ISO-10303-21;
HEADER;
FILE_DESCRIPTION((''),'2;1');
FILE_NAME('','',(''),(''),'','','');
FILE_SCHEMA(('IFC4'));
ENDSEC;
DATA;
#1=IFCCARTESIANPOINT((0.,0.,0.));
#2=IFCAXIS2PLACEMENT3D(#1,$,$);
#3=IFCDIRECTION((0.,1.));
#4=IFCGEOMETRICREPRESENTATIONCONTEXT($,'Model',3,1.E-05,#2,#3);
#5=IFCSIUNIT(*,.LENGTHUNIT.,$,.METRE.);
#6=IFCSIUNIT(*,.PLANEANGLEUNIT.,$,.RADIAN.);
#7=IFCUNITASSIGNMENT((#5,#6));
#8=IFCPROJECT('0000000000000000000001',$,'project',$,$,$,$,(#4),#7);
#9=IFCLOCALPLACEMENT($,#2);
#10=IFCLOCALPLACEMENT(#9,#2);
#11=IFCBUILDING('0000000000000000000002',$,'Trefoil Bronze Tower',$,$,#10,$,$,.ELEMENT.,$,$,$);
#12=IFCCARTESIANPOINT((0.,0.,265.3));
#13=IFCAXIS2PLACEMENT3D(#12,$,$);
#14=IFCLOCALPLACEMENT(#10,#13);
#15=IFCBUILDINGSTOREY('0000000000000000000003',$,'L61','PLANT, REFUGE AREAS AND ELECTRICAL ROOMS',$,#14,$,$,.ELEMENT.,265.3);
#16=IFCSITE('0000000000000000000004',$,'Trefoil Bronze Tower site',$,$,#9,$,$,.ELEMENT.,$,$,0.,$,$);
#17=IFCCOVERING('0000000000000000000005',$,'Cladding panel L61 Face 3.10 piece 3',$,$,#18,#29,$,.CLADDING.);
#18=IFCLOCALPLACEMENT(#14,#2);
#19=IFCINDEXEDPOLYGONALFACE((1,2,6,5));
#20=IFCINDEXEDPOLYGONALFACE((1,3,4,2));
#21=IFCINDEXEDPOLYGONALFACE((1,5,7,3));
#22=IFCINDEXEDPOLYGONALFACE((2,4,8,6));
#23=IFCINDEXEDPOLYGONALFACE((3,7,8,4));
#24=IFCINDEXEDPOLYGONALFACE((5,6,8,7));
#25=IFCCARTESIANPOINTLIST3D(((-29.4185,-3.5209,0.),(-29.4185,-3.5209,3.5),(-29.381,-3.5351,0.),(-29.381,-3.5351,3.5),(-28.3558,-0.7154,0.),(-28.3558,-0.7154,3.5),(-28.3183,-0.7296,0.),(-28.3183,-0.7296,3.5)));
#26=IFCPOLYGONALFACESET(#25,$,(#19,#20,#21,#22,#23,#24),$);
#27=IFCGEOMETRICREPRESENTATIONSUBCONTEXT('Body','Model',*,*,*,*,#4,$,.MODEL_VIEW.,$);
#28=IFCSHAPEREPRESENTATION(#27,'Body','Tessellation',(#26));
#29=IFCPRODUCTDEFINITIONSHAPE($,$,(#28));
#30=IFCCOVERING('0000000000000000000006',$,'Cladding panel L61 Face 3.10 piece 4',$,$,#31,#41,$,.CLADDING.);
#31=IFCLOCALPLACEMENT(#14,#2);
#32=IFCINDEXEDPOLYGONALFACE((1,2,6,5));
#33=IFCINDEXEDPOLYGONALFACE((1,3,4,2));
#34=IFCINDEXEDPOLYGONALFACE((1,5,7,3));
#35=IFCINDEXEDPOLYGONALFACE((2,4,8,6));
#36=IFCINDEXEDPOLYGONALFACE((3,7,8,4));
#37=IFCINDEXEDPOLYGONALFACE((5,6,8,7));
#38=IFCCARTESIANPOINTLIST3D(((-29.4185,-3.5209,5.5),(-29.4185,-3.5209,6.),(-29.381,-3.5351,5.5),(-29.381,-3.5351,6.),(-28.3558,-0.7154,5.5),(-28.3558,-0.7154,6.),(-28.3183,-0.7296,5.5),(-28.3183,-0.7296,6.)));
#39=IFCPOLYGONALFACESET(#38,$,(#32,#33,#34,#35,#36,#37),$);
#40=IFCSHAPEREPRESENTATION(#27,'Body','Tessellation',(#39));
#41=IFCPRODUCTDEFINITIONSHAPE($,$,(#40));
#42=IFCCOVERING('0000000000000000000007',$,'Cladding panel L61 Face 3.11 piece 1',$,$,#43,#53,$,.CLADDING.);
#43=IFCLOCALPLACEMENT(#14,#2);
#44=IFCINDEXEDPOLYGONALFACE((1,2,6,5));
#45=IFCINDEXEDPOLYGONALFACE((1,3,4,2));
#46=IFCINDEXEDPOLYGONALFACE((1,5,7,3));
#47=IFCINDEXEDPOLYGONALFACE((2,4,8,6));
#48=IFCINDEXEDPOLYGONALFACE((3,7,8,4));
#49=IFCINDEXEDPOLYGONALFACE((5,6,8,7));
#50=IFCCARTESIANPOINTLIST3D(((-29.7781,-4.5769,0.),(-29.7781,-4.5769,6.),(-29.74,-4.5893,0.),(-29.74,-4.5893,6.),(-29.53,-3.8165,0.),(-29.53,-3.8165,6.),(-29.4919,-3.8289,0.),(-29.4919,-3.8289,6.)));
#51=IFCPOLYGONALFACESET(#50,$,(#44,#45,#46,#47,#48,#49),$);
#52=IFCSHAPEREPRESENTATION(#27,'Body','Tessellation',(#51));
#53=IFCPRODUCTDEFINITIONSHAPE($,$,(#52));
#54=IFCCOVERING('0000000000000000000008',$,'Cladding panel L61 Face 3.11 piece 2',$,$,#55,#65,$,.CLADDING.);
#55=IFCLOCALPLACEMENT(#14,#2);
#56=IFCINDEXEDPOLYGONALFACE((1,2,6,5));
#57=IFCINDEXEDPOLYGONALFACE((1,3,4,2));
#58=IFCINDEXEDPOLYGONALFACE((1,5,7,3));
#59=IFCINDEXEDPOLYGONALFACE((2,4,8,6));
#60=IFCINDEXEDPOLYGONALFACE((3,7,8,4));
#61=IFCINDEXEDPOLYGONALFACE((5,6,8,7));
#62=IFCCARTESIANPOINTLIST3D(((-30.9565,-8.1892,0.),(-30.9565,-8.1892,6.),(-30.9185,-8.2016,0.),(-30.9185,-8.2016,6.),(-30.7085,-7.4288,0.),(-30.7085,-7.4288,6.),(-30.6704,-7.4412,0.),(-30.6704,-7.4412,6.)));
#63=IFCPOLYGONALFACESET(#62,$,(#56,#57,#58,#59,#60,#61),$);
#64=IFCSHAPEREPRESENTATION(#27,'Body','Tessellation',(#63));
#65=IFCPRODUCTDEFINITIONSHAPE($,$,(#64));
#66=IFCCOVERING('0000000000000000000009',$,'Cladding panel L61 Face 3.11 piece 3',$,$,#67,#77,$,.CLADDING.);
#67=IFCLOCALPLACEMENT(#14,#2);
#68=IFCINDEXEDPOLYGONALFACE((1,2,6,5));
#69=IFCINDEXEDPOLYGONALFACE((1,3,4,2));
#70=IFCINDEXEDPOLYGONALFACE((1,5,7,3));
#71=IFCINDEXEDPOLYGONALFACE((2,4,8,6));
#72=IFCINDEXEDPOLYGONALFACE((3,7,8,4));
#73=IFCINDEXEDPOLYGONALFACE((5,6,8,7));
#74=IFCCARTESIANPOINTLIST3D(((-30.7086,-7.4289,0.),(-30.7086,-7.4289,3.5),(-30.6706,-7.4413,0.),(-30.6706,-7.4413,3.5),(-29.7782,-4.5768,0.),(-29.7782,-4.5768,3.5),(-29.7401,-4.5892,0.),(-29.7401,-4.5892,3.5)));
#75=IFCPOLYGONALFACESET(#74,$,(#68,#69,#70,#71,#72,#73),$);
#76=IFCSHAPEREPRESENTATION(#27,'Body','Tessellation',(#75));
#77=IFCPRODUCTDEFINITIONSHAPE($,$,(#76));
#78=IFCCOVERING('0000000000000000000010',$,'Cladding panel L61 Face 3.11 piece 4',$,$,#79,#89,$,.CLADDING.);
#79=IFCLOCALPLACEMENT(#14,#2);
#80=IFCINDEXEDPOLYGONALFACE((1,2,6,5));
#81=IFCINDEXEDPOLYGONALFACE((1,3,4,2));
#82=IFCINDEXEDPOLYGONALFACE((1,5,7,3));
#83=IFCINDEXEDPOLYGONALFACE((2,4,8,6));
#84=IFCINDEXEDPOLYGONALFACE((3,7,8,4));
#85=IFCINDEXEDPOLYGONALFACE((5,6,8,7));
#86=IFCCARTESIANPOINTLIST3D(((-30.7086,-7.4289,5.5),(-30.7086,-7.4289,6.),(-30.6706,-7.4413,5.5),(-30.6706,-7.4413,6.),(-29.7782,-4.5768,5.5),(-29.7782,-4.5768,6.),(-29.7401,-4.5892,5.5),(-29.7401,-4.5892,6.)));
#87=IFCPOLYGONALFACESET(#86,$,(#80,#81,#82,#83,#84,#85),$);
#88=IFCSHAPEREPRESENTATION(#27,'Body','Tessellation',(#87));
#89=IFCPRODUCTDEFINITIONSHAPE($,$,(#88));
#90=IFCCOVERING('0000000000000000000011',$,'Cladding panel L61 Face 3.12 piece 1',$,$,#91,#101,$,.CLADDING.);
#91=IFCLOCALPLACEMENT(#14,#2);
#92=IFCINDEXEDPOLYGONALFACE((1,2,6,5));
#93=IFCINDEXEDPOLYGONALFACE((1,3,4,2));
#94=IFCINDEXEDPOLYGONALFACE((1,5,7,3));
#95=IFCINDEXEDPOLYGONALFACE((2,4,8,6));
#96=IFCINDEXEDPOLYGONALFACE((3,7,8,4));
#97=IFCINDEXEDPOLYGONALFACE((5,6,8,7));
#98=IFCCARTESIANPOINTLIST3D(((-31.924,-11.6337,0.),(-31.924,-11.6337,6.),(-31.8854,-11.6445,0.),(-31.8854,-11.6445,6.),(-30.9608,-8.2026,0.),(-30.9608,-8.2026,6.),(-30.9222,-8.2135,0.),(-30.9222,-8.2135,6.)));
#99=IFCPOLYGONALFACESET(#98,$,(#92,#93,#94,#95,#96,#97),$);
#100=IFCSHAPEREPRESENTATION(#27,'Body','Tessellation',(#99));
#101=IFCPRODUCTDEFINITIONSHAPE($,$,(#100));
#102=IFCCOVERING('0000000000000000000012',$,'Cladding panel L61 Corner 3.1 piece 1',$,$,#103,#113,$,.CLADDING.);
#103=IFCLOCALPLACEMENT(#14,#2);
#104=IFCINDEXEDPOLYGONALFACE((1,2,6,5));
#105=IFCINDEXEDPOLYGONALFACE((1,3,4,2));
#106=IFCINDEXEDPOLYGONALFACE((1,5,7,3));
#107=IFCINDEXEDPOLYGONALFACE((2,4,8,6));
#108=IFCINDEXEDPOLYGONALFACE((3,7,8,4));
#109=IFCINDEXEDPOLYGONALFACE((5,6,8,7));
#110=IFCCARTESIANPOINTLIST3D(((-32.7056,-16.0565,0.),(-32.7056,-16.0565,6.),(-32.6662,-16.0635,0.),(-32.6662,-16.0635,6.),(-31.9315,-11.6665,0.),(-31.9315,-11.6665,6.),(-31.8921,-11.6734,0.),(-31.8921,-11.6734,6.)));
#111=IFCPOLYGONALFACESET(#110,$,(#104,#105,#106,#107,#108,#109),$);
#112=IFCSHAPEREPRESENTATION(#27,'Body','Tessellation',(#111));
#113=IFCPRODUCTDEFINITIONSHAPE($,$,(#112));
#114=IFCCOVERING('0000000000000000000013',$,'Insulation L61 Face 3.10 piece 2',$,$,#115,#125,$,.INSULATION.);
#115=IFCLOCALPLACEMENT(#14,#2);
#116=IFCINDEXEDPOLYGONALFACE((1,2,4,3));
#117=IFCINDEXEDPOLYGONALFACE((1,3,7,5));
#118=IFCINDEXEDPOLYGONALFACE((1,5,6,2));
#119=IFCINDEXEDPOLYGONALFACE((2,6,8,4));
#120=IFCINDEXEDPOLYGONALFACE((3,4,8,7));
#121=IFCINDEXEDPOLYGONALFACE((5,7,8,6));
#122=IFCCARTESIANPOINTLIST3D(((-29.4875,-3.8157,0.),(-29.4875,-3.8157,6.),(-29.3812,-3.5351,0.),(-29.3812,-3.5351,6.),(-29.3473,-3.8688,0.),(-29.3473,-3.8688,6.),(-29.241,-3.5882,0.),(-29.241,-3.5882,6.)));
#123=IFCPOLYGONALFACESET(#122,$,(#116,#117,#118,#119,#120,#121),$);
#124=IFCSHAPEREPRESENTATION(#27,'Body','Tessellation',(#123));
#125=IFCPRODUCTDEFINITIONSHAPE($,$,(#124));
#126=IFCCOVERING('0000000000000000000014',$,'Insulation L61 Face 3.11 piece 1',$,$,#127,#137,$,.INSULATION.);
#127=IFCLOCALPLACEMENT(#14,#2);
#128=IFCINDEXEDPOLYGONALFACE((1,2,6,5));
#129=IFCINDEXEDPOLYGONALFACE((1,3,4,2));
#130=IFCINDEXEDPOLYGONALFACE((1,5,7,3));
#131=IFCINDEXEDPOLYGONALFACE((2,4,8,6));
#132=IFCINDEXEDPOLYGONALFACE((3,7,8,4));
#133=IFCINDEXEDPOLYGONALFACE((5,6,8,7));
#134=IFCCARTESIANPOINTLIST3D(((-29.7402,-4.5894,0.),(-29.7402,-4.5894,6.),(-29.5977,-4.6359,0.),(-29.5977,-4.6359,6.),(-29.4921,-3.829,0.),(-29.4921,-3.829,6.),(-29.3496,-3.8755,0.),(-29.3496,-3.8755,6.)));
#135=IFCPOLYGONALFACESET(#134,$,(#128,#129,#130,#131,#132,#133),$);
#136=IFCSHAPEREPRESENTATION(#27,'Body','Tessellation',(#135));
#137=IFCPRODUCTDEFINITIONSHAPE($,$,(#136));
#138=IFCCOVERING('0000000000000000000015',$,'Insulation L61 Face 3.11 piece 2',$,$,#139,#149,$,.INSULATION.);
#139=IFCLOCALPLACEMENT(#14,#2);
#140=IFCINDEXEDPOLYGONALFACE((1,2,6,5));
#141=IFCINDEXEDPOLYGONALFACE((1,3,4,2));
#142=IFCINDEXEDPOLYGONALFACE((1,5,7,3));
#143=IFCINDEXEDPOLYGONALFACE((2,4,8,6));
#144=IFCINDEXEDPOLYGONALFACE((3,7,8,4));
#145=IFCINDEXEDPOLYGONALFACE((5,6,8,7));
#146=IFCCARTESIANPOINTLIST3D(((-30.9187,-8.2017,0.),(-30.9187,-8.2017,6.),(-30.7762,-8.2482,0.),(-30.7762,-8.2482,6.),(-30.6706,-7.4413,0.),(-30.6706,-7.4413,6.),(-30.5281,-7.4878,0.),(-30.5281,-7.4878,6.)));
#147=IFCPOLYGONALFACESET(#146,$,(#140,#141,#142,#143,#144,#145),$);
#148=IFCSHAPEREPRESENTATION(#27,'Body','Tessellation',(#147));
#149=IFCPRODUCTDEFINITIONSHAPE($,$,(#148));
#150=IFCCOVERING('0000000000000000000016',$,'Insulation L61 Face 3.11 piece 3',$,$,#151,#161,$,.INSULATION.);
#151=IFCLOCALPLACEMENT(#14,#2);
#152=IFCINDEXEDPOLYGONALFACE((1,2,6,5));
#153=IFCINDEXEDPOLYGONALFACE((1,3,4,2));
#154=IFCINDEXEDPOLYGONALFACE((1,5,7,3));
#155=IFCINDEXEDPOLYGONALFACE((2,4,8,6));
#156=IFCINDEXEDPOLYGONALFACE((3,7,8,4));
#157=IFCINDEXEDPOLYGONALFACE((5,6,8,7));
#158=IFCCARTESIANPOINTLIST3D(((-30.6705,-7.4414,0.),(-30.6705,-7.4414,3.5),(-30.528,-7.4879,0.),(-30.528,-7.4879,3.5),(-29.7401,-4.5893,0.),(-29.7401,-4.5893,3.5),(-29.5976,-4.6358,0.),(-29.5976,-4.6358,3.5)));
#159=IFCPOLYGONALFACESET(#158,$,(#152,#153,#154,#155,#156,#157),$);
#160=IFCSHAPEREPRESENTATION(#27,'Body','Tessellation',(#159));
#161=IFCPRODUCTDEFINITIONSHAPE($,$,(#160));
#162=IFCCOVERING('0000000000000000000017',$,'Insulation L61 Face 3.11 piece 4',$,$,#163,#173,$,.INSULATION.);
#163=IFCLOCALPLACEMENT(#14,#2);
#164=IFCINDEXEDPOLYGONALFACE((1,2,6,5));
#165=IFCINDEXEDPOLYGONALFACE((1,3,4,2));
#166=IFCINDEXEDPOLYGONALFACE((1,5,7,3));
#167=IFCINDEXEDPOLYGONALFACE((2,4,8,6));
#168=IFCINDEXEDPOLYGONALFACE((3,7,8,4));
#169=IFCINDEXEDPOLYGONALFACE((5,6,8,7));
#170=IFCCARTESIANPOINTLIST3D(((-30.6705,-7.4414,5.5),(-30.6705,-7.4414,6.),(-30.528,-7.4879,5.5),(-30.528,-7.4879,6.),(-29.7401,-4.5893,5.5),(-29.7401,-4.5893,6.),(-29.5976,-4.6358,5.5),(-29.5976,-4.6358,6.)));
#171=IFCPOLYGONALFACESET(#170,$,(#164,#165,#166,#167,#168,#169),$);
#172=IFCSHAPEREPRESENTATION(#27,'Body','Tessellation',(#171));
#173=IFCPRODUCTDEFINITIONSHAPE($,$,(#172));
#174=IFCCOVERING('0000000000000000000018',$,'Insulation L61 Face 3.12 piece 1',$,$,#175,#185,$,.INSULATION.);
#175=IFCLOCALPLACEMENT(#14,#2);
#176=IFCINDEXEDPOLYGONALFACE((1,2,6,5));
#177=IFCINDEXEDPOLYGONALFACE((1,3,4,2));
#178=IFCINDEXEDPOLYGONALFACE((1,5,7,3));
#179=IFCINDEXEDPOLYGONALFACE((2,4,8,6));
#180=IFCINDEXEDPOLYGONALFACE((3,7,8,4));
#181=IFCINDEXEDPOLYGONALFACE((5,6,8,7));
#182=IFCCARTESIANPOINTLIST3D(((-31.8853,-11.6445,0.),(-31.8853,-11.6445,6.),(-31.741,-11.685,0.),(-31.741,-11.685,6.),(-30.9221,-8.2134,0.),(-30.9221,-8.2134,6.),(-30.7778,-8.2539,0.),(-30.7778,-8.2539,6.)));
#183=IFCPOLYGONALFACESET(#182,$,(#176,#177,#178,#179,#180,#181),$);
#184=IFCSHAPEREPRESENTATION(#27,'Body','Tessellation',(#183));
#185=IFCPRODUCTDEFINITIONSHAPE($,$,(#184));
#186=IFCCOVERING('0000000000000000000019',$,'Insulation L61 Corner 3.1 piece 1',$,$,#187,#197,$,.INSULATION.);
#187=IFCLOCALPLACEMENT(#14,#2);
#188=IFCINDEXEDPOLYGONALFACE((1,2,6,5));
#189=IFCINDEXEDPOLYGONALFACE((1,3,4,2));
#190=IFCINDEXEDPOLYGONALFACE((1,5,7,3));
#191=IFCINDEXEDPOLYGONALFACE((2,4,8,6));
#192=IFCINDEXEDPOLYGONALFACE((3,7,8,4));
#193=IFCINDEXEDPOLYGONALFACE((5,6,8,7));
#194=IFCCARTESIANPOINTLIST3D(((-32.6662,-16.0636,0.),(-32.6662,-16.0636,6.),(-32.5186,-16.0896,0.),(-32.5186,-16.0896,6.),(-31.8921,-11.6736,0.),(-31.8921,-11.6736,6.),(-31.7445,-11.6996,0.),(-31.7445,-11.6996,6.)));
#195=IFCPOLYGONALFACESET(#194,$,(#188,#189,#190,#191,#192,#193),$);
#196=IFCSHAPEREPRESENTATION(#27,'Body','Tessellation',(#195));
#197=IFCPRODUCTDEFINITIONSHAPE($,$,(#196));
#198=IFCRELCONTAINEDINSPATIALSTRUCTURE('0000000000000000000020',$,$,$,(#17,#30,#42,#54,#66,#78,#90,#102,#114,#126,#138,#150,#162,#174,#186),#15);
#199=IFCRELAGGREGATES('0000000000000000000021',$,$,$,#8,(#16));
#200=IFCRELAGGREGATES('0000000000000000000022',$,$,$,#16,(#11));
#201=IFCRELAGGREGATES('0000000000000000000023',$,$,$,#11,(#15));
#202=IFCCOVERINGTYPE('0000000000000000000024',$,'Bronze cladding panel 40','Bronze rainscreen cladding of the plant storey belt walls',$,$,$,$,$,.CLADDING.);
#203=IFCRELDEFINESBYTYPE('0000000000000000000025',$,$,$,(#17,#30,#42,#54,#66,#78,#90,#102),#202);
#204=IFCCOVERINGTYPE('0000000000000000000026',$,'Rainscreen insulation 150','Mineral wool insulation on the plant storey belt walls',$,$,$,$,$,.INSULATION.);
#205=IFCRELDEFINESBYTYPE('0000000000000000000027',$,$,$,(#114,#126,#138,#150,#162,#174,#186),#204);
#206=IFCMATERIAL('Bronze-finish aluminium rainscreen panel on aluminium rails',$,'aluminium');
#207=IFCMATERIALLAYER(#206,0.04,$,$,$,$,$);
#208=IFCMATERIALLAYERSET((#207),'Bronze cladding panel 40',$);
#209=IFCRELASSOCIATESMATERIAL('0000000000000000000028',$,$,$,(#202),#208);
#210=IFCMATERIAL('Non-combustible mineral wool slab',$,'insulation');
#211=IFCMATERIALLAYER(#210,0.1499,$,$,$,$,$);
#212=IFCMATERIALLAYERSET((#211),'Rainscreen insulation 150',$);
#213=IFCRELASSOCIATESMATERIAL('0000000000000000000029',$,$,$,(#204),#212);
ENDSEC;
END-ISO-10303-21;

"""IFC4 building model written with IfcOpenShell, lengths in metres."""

from ifc_helpers import new_model, si_unit, direction, frame, origin, origin_2d, place, context, subcontext, project, spatial, rectangle, extrude, material, layer, layer_set, type_object, element, save


model = new_model("IFC4")

# Units and contexts
model_context = context("Model", 3, precision=1e-05, world=origin(), true_north=direction((0.0, 1.0)))
body_context = subcontext(model_context, "Body", "Model", "MODEL_VIEW")
ifc_project = project(units=[si_unit("LENGTHUNIT", "METRE"), si_unit("PLANEANGLEUNIT", "RADIAN")], contexts=[model_context])

# Site, building, storey
site_placement = place(None, origin())
site = spatial("IfcSite", under=ifc_project, at=site_placement, Name="Trefoil Bronze Tower site", CompositionType="ELEMENT", RefElevation=0.0)
building_placement = place(site_placement, origin())
building = spatial("IfcBuilding", under=site, at=building_placement, Name="Trefoil Bronze Tower", CompositionType="ELEMENT")
storey_placement = place(building_placement, frame((0.0, 0.0, 265.3)))
storey = spatial("IfcBuildingStorey", under=building, at=storey_placement, Name="L61", Description="PLANT, REFUGE AREAS AND ELECTRICAL ROOMS", CompositionType="ELEMENT", Elevation=265.3)

# Coverings
ifc_material_1 = material(Name="Bronze-finish aluminium rainscreen panel on aluminium rails", Category="aluminium")
ifc_layer_1 = layer(ifc_material_1, 0.04)
ifc_layer_set_1 = layer_set([ifc_layer_1], Name="Bronze cladding panel 40")
covering_type_1 = type_object("IfcCoveringType", Name="Bronze cladding panel 40", Description="Bronze rainscreen cladding of the plant storey belt walls", PredefinedType="CLADDING", material=ifc_layer_set_1)
covering_1_placement = place(storey_placement, frame((-28.8684, -2.1252, 0.0), z_axis=(0.0, 0.0, 1.0), x_axis=(-0.354234, -0.935157, 0.0)))
element("IfcCovering", 1, at=covering_1_placement, inside=storey, type_object=covering_type_1, Name="Cladding panel L61 Face 3.10 piece 3", PredefinedType="CLADDING", context=body_context, shape_type="SweptSolid", body=[
    extrude(rectangle(XDim=3.0, YDim=0.04, at=origin_2d()), origin(), (0.0, 0.0, 1.0), 3.5),
])
covering_2_placement = place(storey_placement, frame((-28.8684, -2.1252, 5.5), z_axis=(0.0, 0.0, 1.0), x_axis=(-0.354234, -0.935157, 0.0)))
element("IfcCovering", 2, at=covering_2_placement, inside=storey, type_object=covering_type_1, Name="Cladding panel L61 Face 3.10 piece 4", PredefinedType="CLADDING", context=body_context, shape_type="SweptSolid", body=[
    extrude(rectangle(XDim=3.0, YDim=0.04, at=origin_2d()), origin(), (0.0, 0.0, 1.0), 0.5),
])
for number, where, z_axis, x_axis, name in (
    (3, (-29.635, -4.2029, 0.0), (0.0, 0.0, 1.0), (-0.310149, -0.950688, 0.0), "Cladding panel L61 Face 3.11 piece 1"),
    (4, (-30.8135, -7.8152, 0.0), (0.0, 0.0, 1.0), (-0.310149, -0.950688, 0.0), "Cladding panel L61 Face 3.11 piece 2"),
):
    element("IfcCovering", number, at=place(storey_placement, frame(where, z_axis=z_axis, x_axis=x_axis)), inside=storey, type_object=covering_type_1, Name=name, PredefinedType="CLADDING", context=body_context, shape_type="SweptSolid", body=[
        extrude(rectangle(XDim=0.7998, YDim=0.04, at=origin_2d()), origin(), (0.0, 0.0, 1.0), 6.0),
    ])
covering_3_placement = place(storey_placement, frame((-30.2244, -6.009, 0.0), z_axis=(0.0, 0.0, 1.0), x_axis=(-0.310149, -0.950688, 0.0)))
element("IfcCovering", 5, at=covering_3_placement, inside=storey, type_object=covering_type_1, Name="Cladding panel L61 Face 3.11 piece 3", PredefinedType="CLADDING", context=body_context, shape_type="SweptSolid", body=[
    extrude(rectangle(XDim=3.0, YDim=0.04, at=origin_2d()), origin(), (0.0, 0.0, 1.0), 3.5),
])
covering_4_placement = place(storey_placement, frame((-30.2244, -6.009, 5.5), z_axis=(0.0, 0.0, 1.0), x_axis=(-0.310149, -0.950688, 0.0)))
element("IfcCovering", 6, at=covering_4_placement, inside=storey, type_object=covering_type_1, Name="Cladding panel L61 Face 3.11 piece 4", PredefinedType="CLADDING", context=body_context, shape_type="SweptSolid", body=[
    extrude(rectangle(XDim=3.0, YDim=0.04, at=origin_2d()), origin(), (0.0, 0.0, 1.0), 0.5),
])
covering_5_placement = place(storey_placement, frame((-31.4231, -9.9236, 0.0), z_axis=(0.0, 0.0, 1.0), x_axis=(-0.270282, -0.962781, 0.0)))
element("IfcCovering", 7, at=covering_5_placement, inside=storey, type_object=covering_type_1, Name="Cladding panel L61 Face 3.12 piece 1", PredefinedType="CLADDING", context=body_context, shape_type="SweptSolid", body=[
    extrude(rectangle(XDim=3.5637, YDim=0.04, at=origin_2d()), origin(), (0.0, 0.0, 1.0), 6.0),
])
covering_6_placement = place(storey_placement, frame((-32.2988, -13.865, 0.0), z_axis=(0.0, 0.0, 1.0), x_axis=(-0.173648, -0.984808, 0.0)))
element("IfcCovering", 8, at=covering_6_placement, inside=storey, type_object=covering_type_1, Name="Cladding panel L61 Corner 3.1 piece 1", PredefinedType="CLADDING", context=body_context, shape_type="SweptSolid", body=[
    extrude(rectangle(XDim=4.4578, YDim=0.04, at=origin_2d()), origin(), (0.0, 0.0, 1.0), 6.0),
])
ifc_material_2 = material(Name="Non-combustible mineral wool slab", Category="insulation")
ifc_layer_2 = layer(ifc_material_2, 0.1499)
ifc_layer_set_2 = layer_set([ifc_layer_2], Name="Rainscreen insulation 150")
covering_type_2 = type_object("IfcCoveringType", Name="Rainscreen insulation 150", Description="Mineral wool insulation on the plant storey belt walls", PredefinedType="INSULATION", material=ifc_layer_set_2)
covering_7_placement = place(storey_placement, frame((-29.3643, -3.7019, 0.0), z_axis=(0.0, 0.0, 1.0), x_axis=(-0.354234, -0.935157, 0.0)))
element("IfcCovering", 9, at=covering_7_placement, inside=storey, type_object=covering_type_2, Name="Insulation L61 Face 3.10 piece 2", PredefinedType="INSULATION", context=body_context, shape_type="SweptSolid", body=[
    extrude(rectangle(XDim=0.3, YDim=0.1499, at=origin_2d()), origin(), (0.0, 0.0, 1.0), 6.0),
])
for number, where, z_axis, x_axis, name in (
    (10, (-29.5449, -4.2324, 0.0), (0.0, 0.0, 1.0), (-0.310149, -0.950688, 0.0), "Insulation L61 Face 3.11 piece 1"),
    (11, (-30.7234, -7.8447, 0.0), (0.0, 0.0, 1.0), (-0.310149, -0.950688, 0.0), "Insulation L61 Face 3.11 piece 2"),
):
    element("IfcCovering", number, at=place(storey_placement, frame(where, z_axis=z_axis, x_axis=x_axis)), inside=storey, type_object=covering_type_2, Name=name, PredefinedType="INSULATION", context=body_context, shape_type="SweptSolid", body=[
        extrude(rectangle(XDim=0.7998, YDim=0.1499, at=origin_2d()), origin(), (0.0, 0.0, 1.0), 6.0),
    ])
covering_8_placement = place(storey_placement, frame((-30.134, -6.0386, 0.0), z_axis=(0.0, 0.0, 1.0), x_axis=(-0.310149, -0.950688, 0.0)))
element("IfcCovering", 12, at=covering_8_placement, inside=storey, type_object=covering_type_2, Name="Insulation L61 Face 3.11 piece 3", PredefinedType="INSULATION", context=body_context, shape_type="SweptSolid", body=[
    extrude(rectangle(XDim=3.0, YDim=0.1499, at=origin_2d()), origin(), (0.0, 0.0, 1.0), 3.5),
])
covering_9_placement = place(storey_placement, frame((-30.134, -6.0386, 5.5), z_axis=(0.0, 0.0, 1.0), x_axis=(-0.310149, -0.950688, 0.0)))
element("IfcCovering", 13, at=covering_9_placement, inside=storey, type_object=covering_type_2, Name="Insulation L61 Face 3.11 piece 4", PredefinedType="INSULATION", context=body_context, shape_type="SweptSolid", body=[
    extrude(rectangle(XDim=3.0, YDim=0.1499, at=origin_2d()), origin(), (0.0, 0.0, 1.0), 0.5),
])
covering_10_placement = place(storey_placement, frame((-31.3315, -9.9492, 0.0), z_axis=(0.0, 0.0, 1.0), x_axis=(-0.270282, -0.962781, 0.0)))
element("IfcCovering", 14, at=covering_10_placement, inside=storey, type_object=covering_type_2, Name="Insulation L61 Face 3.12 piece 1", PredefinedType="INSULATION", context=body_context, shape_type="SweptSolid", body=[
    extrude(rectangle(XDim=3.5637, YDim=0.1499, at=origin_2d()), origin(), (0.0, 0.0, 1.0), 6.0),
])
covering_11_placement = place(storey_placement, frame((-32.2053, -13.8816, 0.0), z_axis=(0.0, 0.0, 1.0), x_axis=(-0.173648, -0.984808, 0.0)))
element("IfcCovering", 15, at=covering_11_placement, inside=storey, type_object=covering_type_2, Name="Insulation L61 Corner 3.1 piece 1", PredefinedType="INSULATION", context=body_context, shape_type="SweptSolid", body=[
    extrude(rectangle(XDim=4.4578, YDim=0.1499, at=origin_2d()), origin(), (0.0, 0.0, 1.0), 6.0),
])

save(model, "model.ifc")
